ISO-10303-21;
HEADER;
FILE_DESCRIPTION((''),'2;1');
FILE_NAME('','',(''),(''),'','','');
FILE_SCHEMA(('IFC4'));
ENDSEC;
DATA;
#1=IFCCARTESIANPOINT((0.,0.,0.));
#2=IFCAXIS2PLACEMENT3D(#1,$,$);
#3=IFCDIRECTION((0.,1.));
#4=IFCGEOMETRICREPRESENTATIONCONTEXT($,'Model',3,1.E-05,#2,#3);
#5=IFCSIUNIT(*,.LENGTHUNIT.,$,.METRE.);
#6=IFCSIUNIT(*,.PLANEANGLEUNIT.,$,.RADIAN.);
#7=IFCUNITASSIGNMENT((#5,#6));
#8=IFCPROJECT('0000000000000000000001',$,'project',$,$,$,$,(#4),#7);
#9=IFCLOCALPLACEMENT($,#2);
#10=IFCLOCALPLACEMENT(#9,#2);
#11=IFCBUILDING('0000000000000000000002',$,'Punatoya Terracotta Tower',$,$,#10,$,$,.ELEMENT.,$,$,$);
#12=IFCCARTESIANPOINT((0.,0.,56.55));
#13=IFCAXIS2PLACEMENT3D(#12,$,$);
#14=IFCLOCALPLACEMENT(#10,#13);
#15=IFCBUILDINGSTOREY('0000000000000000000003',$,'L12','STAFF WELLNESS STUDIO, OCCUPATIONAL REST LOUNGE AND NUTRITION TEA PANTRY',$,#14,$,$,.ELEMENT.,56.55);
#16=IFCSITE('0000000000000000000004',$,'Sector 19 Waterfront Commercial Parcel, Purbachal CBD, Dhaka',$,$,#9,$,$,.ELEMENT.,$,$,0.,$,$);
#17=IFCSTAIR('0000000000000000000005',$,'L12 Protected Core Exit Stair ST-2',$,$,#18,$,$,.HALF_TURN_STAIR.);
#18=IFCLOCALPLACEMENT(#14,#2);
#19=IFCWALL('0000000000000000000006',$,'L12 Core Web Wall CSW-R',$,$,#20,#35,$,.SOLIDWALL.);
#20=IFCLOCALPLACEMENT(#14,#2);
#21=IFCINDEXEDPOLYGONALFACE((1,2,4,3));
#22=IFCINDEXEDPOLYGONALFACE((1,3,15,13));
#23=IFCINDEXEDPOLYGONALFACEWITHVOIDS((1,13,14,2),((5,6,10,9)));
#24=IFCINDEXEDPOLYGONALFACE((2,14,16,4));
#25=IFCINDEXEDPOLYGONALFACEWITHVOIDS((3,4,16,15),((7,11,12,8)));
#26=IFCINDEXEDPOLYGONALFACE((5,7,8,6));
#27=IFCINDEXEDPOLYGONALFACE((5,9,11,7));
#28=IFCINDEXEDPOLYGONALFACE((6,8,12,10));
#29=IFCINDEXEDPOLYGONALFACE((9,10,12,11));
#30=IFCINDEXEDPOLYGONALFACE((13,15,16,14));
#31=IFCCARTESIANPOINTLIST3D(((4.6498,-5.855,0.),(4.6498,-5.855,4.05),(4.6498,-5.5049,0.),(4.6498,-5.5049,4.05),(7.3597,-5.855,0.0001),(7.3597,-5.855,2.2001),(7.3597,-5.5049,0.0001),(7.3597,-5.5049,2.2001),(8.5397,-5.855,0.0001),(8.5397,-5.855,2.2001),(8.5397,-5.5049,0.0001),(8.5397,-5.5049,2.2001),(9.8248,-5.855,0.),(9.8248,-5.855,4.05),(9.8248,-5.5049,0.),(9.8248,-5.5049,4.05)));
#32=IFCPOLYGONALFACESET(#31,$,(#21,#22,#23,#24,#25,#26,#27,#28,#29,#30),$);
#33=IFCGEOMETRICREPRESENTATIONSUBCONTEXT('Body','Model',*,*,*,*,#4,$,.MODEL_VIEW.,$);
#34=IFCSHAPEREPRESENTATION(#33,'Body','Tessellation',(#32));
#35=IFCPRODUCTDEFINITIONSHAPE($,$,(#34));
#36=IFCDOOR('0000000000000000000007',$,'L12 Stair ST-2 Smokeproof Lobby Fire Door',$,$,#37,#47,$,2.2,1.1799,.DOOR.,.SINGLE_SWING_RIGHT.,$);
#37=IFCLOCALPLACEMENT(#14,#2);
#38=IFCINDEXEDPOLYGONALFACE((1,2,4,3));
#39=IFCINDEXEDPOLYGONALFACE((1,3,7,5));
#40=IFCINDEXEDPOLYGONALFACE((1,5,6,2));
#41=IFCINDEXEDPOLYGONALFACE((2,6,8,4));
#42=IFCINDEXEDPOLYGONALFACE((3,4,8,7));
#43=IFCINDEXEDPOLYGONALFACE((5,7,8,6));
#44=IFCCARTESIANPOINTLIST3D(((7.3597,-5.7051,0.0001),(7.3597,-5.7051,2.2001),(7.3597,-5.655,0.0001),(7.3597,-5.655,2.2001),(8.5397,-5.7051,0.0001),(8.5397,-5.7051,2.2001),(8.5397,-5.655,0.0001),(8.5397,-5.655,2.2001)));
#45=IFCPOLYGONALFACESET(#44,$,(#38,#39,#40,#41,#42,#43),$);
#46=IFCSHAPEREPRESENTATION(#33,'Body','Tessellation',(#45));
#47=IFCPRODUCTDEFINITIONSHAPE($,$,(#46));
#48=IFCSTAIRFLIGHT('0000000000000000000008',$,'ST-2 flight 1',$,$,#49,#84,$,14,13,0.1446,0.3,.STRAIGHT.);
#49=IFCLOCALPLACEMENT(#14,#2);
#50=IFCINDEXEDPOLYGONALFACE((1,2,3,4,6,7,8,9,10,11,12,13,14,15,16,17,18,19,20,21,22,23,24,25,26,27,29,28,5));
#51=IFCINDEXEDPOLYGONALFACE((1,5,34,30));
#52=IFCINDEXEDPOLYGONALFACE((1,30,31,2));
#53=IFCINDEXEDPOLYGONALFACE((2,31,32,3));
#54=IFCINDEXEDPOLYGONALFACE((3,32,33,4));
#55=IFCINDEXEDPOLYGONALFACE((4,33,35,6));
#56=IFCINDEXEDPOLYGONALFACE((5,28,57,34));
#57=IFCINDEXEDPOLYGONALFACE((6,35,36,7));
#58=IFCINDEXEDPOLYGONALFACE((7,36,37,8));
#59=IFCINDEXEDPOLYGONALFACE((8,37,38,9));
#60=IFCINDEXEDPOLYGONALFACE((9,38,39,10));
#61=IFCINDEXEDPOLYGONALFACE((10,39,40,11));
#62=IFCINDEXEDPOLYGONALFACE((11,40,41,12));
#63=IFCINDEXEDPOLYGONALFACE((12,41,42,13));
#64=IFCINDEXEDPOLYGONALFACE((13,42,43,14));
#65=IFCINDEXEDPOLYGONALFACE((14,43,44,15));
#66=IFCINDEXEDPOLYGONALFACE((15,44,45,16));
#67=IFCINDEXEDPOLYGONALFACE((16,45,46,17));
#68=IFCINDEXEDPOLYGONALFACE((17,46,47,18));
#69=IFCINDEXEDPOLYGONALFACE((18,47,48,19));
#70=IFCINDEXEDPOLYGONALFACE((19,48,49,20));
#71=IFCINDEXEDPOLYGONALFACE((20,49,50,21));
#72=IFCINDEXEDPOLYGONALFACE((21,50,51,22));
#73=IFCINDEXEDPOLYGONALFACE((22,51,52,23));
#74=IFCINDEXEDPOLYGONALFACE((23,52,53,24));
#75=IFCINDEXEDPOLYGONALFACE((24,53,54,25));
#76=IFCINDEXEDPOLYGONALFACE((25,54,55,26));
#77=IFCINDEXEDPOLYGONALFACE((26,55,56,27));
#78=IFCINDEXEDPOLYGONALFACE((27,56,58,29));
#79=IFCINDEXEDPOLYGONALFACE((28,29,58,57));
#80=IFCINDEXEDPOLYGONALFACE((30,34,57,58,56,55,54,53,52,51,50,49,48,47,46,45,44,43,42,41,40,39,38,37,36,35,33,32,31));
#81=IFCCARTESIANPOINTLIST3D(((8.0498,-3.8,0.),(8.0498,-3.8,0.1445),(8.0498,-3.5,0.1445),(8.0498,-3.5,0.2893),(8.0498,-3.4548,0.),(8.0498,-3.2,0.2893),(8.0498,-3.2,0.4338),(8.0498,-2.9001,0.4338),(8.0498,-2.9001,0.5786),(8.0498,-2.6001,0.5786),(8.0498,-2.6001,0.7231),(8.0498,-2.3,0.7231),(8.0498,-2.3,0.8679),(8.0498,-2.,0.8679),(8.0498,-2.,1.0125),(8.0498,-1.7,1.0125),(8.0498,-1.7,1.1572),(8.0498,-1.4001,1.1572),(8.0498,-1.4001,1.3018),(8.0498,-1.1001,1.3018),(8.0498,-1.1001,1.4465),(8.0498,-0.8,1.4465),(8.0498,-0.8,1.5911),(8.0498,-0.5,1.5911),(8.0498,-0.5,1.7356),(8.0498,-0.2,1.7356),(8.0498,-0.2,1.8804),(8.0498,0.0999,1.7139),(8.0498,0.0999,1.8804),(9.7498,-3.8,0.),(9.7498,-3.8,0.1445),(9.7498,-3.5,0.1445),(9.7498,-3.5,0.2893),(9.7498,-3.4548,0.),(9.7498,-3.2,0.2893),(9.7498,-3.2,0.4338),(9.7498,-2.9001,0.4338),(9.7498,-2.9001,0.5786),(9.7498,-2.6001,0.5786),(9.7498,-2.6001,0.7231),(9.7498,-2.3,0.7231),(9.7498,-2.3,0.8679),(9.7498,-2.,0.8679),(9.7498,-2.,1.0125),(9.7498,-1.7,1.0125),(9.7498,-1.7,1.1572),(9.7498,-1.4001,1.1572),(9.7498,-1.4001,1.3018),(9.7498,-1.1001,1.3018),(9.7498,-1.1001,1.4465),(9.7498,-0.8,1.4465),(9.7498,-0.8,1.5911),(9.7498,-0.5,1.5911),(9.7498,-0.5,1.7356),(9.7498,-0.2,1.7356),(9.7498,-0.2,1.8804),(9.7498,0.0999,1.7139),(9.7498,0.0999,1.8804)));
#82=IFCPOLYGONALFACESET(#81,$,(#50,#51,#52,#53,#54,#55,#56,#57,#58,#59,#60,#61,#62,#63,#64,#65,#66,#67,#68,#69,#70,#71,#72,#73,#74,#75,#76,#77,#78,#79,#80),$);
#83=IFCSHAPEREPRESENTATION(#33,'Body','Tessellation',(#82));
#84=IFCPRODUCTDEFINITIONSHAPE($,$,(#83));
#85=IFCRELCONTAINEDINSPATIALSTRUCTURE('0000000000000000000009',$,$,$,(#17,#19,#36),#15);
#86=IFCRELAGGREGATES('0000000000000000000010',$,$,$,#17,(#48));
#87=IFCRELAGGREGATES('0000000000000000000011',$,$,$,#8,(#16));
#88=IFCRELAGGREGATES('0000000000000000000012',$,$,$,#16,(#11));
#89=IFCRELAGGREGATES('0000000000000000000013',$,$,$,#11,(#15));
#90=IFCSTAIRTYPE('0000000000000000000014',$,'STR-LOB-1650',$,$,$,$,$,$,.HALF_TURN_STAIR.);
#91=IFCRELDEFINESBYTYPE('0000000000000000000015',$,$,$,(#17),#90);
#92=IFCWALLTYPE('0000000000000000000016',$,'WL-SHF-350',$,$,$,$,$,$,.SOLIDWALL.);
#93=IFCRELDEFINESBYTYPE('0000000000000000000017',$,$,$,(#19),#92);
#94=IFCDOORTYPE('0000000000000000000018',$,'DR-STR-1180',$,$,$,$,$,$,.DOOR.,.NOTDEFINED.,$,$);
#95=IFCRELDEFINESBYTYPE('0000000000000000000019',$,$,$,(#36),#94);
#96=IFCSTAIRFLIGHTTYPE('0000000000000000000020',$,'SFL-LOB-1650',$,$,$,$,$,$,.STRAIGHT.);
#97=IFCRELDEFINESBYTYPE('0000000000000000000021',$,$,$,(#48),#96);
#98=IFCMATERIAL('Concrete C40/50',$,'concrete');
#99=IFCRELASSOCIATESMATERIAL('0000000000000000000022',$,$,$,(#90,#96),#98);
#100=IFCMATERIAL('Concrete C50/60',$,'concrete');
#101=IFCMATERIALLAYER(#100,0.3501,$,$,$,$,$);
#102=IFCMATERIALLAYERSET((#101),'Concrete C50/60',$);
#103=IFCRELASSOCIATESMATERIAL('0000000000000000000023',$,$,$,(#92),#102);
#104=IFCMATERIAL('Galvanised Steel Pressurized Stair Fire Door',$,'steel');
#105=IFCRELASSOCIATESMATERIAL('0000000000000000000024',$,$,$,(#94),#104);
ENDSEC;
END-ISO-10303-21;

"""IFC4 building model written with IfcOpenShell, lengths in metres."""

from ifc_helpers import new_model, si_unit, direction, frame, frame_2d, origin, place, context, subcontext, project, spatial, polyline, rectangle, outline, extrude, material, layer, layer_set, type_object, element, fill, aggregate, save


model = new_model("IFC4")

# Units and contexts
model_context = context("Model", 3, precision=1e-05, world=origin(), true_north=direction((0.0, 1.0)))
body_context = subcontext(model_context, "Body", "Model", "MODEL_VIEW")
ifc_project = project(units=[si_unit("LENGTHUNIT", "METRE"), si_unit("PLANEANGLEUNIT", "RADIAN")], contexts=[model_context])

# Site, building, storey
site_placement = place(None, origin())
site = spatial("IfcSite", under=ifc_project, at=site_placement, Name="Sector 19 Waterfront Commercial Parcel, Purbachal CBD, Dhaka", CompositionType="ELEMENT", RefElevation=0.0)
building_placement = place(site_placement, origin())
building = spatial("IfcBuilding", under=site, at=building_placement, Name="Punatoya Terracotta Tower", CompositionType="ELEMENT")
storey_placement = place(building_placement, frame((0.0, 0.0, 56.55)))
storey = spatial("IfcBuildingStorey", under=building, at=storey_placement, Name="L12", Description="STAFF WELLNESS STUDIO, OCCUPATIONAL REST LOUNGE AND NUTRITION TEA PANTRY", CompositionType="ELEMENT", Elevation=56.55)

# Stair
ifc_material_1 = material(Name="Concrete C40/50", Category="concrete")
stair_type_1 = type_object("IfcStairType", Name="STR-LOB-1650", PredefinedType="HALF_TURN_STAIR", material=ifc_material_1)
stair_1_placement = place(storey_placement, origin())
stair_1 = element("IfcStair", 1, at=stair_1_placement, inside=storey, type_object=stair_type_1, Name="L12 Protected Core Exit Stair ST-2", PredefinedType="HALF_TURN_STAIR")

# Wall, opening, door
ifc_material_2 = material(Name="Concrete C50/60", Category="concrete")
ifc_layer_1 = layer(ifc_material_2, 0.3501)
ifc_layer_set_1 = layer_set([ifc_layer_1], Name="Concrete C50/60")
wall_type_1 = type_object("IfcWallType", Name="WL-SHF-350", PredefinedType="SOLIDWALL", material=ifc_layer_set_1)
wall_1_placement = place(storey_placement, frame((4.6499, -5.6799, 0.0), z_axis=(0.0, 0.0, 1.0), x_axis=(1.0, 0.0, 0.0)))
wall_1 = element("IfcWall", 2, at=wall_1_placement, inside=storey, type_object=wall_type_1, Name="L12 Core Web Wall CSW-R", PredefinedType="SOLIDWALL", context=body_context, shape_type="SweptSolid", body=[
    extrude(rectangle(XDim=5.175, YDim=0.3501, at=frame_2d((2.5874, 0.0))), origin(), (0.0, 0.0, 1.0), 4.05),
])
opening_1_placement = place(wall_1_placement, frame((2.71, 0.0, 0.0)))
opening_1 = element("IfcOpeningElement", 3, at=opening_1_placement, cuts=wall_1, PredefinedType="OPENING", context=body_context, shape_type="SweptSolid", body=[
    extrude(rectangle(XDim=1.1799, YDim=2.2, at=frame_2d((0.5898, 1.1001))), frame((0.0, 0.1851, 0.0), z_axis=(0.0, -1.0, 0.0), x_axis=(1.0, 0.0, 0.0)), (0.0, 0.0, 1.0), 0.3701),
])
ifc_material_3 = material(Name="Galvanised Steel Pressurized Stair Fire Door", Category="steel")
door_type_1 = type_object("IfcDoorType", Name="DR-STR-1180", OperationType="NOTDEFINED", PredefinedType="DOOR", material=ifc_material_3)
door_1_placement = place(opening_1_placement, origin())
door_1 = element("IfcDoor", 4, at=door_1_placement, inside=storey, type_object=door_type_1, Name="L12 Stair ST-2 Smokeproof Lobby Fire Door", OperationType="SINGLE_SWING_RIGHT", OverallHeight=2.2, OverallWidth=1.1799, PredefinedType="DOOR", context=body_context, shape_type="SweptSolid", body=[
    extrude(rectangle(XDim=1.1799, YDim=2.2, at=frame_2d((0.5898, 1.1001))), frame((0.0, 0.0249, 0.0), z_axis=(0.0, -1.0, 0.0), x_axis=(1.0, 0.0, 0.0)), (0.0, 0.0, 1.0), 0.05),
])
fill(opening_1, door_1)

# Stair flight
stair_flight_type = type_object("IfcStairFlightType", Name="SFL-LOB-1650", PredefinedType="STRAIGHT", material=ifc_material_1)
stair_flight_placement = place(storey_placement, frame((8.8999, -3.8, 0.0), z_axis=(0.0, 0.0, 1.0), x_axis=(0.0, 1.0, 0.0)))
stair_flight = element("IfcStairFlight", 5, at=stair_flight_placement, type_object=stair_flight_type, Name="ST-2 flight 1", NumberOfRisers=14, NumberOfTreads=13, PredefinedType="STRAIGHT", RiserHeight=0.1446, TreadLength=0.3, context=body_context, shape_type="SweptSolid", body=[
    extrude(outline(polyline([(0.0, 0.0), (0.0, 0.1445), (0.3, 0.1445), (0.3, 0.2893), (0.6001, 0.2893), (0.6001, 0.4338), (0.8999, 0.4338), (0.8999, 0.5786), (1.2, 0.5786), (1.2, 0.7231), (1.5, 0.7231), (1.5, 0.8679), (1.8, 0.8679), (1.8, 1.0125), (2.1001, 1.0125), (2.1001, 1.1572), (2.3999, 1.1572), (2.3999, 1.3018), (2.7, 1.3018), (2.7, 1.4465), (3.0, 1.4465), (3.0, 1.5911), (3.3, 1.5911), (3.3, 1.7356), (3.6001, 1.7356), (3.6001, 1.8804), (3.8999, 1.8804), (3.8999, 2.0249), (3.8999, 1.7139), (0.3452, 0.0), (0.0, 0.0)])), frame((0.0, 0.8501, 0.0), z_axis=(0.0, -1.0, 0.0), x_axis=(1.0, 0.0, 0.0)), (0.0, 0.0, 1.0), 1.7),
])
aggregate(stair_1, [stair_flight])

save(model, "model.ifc")
